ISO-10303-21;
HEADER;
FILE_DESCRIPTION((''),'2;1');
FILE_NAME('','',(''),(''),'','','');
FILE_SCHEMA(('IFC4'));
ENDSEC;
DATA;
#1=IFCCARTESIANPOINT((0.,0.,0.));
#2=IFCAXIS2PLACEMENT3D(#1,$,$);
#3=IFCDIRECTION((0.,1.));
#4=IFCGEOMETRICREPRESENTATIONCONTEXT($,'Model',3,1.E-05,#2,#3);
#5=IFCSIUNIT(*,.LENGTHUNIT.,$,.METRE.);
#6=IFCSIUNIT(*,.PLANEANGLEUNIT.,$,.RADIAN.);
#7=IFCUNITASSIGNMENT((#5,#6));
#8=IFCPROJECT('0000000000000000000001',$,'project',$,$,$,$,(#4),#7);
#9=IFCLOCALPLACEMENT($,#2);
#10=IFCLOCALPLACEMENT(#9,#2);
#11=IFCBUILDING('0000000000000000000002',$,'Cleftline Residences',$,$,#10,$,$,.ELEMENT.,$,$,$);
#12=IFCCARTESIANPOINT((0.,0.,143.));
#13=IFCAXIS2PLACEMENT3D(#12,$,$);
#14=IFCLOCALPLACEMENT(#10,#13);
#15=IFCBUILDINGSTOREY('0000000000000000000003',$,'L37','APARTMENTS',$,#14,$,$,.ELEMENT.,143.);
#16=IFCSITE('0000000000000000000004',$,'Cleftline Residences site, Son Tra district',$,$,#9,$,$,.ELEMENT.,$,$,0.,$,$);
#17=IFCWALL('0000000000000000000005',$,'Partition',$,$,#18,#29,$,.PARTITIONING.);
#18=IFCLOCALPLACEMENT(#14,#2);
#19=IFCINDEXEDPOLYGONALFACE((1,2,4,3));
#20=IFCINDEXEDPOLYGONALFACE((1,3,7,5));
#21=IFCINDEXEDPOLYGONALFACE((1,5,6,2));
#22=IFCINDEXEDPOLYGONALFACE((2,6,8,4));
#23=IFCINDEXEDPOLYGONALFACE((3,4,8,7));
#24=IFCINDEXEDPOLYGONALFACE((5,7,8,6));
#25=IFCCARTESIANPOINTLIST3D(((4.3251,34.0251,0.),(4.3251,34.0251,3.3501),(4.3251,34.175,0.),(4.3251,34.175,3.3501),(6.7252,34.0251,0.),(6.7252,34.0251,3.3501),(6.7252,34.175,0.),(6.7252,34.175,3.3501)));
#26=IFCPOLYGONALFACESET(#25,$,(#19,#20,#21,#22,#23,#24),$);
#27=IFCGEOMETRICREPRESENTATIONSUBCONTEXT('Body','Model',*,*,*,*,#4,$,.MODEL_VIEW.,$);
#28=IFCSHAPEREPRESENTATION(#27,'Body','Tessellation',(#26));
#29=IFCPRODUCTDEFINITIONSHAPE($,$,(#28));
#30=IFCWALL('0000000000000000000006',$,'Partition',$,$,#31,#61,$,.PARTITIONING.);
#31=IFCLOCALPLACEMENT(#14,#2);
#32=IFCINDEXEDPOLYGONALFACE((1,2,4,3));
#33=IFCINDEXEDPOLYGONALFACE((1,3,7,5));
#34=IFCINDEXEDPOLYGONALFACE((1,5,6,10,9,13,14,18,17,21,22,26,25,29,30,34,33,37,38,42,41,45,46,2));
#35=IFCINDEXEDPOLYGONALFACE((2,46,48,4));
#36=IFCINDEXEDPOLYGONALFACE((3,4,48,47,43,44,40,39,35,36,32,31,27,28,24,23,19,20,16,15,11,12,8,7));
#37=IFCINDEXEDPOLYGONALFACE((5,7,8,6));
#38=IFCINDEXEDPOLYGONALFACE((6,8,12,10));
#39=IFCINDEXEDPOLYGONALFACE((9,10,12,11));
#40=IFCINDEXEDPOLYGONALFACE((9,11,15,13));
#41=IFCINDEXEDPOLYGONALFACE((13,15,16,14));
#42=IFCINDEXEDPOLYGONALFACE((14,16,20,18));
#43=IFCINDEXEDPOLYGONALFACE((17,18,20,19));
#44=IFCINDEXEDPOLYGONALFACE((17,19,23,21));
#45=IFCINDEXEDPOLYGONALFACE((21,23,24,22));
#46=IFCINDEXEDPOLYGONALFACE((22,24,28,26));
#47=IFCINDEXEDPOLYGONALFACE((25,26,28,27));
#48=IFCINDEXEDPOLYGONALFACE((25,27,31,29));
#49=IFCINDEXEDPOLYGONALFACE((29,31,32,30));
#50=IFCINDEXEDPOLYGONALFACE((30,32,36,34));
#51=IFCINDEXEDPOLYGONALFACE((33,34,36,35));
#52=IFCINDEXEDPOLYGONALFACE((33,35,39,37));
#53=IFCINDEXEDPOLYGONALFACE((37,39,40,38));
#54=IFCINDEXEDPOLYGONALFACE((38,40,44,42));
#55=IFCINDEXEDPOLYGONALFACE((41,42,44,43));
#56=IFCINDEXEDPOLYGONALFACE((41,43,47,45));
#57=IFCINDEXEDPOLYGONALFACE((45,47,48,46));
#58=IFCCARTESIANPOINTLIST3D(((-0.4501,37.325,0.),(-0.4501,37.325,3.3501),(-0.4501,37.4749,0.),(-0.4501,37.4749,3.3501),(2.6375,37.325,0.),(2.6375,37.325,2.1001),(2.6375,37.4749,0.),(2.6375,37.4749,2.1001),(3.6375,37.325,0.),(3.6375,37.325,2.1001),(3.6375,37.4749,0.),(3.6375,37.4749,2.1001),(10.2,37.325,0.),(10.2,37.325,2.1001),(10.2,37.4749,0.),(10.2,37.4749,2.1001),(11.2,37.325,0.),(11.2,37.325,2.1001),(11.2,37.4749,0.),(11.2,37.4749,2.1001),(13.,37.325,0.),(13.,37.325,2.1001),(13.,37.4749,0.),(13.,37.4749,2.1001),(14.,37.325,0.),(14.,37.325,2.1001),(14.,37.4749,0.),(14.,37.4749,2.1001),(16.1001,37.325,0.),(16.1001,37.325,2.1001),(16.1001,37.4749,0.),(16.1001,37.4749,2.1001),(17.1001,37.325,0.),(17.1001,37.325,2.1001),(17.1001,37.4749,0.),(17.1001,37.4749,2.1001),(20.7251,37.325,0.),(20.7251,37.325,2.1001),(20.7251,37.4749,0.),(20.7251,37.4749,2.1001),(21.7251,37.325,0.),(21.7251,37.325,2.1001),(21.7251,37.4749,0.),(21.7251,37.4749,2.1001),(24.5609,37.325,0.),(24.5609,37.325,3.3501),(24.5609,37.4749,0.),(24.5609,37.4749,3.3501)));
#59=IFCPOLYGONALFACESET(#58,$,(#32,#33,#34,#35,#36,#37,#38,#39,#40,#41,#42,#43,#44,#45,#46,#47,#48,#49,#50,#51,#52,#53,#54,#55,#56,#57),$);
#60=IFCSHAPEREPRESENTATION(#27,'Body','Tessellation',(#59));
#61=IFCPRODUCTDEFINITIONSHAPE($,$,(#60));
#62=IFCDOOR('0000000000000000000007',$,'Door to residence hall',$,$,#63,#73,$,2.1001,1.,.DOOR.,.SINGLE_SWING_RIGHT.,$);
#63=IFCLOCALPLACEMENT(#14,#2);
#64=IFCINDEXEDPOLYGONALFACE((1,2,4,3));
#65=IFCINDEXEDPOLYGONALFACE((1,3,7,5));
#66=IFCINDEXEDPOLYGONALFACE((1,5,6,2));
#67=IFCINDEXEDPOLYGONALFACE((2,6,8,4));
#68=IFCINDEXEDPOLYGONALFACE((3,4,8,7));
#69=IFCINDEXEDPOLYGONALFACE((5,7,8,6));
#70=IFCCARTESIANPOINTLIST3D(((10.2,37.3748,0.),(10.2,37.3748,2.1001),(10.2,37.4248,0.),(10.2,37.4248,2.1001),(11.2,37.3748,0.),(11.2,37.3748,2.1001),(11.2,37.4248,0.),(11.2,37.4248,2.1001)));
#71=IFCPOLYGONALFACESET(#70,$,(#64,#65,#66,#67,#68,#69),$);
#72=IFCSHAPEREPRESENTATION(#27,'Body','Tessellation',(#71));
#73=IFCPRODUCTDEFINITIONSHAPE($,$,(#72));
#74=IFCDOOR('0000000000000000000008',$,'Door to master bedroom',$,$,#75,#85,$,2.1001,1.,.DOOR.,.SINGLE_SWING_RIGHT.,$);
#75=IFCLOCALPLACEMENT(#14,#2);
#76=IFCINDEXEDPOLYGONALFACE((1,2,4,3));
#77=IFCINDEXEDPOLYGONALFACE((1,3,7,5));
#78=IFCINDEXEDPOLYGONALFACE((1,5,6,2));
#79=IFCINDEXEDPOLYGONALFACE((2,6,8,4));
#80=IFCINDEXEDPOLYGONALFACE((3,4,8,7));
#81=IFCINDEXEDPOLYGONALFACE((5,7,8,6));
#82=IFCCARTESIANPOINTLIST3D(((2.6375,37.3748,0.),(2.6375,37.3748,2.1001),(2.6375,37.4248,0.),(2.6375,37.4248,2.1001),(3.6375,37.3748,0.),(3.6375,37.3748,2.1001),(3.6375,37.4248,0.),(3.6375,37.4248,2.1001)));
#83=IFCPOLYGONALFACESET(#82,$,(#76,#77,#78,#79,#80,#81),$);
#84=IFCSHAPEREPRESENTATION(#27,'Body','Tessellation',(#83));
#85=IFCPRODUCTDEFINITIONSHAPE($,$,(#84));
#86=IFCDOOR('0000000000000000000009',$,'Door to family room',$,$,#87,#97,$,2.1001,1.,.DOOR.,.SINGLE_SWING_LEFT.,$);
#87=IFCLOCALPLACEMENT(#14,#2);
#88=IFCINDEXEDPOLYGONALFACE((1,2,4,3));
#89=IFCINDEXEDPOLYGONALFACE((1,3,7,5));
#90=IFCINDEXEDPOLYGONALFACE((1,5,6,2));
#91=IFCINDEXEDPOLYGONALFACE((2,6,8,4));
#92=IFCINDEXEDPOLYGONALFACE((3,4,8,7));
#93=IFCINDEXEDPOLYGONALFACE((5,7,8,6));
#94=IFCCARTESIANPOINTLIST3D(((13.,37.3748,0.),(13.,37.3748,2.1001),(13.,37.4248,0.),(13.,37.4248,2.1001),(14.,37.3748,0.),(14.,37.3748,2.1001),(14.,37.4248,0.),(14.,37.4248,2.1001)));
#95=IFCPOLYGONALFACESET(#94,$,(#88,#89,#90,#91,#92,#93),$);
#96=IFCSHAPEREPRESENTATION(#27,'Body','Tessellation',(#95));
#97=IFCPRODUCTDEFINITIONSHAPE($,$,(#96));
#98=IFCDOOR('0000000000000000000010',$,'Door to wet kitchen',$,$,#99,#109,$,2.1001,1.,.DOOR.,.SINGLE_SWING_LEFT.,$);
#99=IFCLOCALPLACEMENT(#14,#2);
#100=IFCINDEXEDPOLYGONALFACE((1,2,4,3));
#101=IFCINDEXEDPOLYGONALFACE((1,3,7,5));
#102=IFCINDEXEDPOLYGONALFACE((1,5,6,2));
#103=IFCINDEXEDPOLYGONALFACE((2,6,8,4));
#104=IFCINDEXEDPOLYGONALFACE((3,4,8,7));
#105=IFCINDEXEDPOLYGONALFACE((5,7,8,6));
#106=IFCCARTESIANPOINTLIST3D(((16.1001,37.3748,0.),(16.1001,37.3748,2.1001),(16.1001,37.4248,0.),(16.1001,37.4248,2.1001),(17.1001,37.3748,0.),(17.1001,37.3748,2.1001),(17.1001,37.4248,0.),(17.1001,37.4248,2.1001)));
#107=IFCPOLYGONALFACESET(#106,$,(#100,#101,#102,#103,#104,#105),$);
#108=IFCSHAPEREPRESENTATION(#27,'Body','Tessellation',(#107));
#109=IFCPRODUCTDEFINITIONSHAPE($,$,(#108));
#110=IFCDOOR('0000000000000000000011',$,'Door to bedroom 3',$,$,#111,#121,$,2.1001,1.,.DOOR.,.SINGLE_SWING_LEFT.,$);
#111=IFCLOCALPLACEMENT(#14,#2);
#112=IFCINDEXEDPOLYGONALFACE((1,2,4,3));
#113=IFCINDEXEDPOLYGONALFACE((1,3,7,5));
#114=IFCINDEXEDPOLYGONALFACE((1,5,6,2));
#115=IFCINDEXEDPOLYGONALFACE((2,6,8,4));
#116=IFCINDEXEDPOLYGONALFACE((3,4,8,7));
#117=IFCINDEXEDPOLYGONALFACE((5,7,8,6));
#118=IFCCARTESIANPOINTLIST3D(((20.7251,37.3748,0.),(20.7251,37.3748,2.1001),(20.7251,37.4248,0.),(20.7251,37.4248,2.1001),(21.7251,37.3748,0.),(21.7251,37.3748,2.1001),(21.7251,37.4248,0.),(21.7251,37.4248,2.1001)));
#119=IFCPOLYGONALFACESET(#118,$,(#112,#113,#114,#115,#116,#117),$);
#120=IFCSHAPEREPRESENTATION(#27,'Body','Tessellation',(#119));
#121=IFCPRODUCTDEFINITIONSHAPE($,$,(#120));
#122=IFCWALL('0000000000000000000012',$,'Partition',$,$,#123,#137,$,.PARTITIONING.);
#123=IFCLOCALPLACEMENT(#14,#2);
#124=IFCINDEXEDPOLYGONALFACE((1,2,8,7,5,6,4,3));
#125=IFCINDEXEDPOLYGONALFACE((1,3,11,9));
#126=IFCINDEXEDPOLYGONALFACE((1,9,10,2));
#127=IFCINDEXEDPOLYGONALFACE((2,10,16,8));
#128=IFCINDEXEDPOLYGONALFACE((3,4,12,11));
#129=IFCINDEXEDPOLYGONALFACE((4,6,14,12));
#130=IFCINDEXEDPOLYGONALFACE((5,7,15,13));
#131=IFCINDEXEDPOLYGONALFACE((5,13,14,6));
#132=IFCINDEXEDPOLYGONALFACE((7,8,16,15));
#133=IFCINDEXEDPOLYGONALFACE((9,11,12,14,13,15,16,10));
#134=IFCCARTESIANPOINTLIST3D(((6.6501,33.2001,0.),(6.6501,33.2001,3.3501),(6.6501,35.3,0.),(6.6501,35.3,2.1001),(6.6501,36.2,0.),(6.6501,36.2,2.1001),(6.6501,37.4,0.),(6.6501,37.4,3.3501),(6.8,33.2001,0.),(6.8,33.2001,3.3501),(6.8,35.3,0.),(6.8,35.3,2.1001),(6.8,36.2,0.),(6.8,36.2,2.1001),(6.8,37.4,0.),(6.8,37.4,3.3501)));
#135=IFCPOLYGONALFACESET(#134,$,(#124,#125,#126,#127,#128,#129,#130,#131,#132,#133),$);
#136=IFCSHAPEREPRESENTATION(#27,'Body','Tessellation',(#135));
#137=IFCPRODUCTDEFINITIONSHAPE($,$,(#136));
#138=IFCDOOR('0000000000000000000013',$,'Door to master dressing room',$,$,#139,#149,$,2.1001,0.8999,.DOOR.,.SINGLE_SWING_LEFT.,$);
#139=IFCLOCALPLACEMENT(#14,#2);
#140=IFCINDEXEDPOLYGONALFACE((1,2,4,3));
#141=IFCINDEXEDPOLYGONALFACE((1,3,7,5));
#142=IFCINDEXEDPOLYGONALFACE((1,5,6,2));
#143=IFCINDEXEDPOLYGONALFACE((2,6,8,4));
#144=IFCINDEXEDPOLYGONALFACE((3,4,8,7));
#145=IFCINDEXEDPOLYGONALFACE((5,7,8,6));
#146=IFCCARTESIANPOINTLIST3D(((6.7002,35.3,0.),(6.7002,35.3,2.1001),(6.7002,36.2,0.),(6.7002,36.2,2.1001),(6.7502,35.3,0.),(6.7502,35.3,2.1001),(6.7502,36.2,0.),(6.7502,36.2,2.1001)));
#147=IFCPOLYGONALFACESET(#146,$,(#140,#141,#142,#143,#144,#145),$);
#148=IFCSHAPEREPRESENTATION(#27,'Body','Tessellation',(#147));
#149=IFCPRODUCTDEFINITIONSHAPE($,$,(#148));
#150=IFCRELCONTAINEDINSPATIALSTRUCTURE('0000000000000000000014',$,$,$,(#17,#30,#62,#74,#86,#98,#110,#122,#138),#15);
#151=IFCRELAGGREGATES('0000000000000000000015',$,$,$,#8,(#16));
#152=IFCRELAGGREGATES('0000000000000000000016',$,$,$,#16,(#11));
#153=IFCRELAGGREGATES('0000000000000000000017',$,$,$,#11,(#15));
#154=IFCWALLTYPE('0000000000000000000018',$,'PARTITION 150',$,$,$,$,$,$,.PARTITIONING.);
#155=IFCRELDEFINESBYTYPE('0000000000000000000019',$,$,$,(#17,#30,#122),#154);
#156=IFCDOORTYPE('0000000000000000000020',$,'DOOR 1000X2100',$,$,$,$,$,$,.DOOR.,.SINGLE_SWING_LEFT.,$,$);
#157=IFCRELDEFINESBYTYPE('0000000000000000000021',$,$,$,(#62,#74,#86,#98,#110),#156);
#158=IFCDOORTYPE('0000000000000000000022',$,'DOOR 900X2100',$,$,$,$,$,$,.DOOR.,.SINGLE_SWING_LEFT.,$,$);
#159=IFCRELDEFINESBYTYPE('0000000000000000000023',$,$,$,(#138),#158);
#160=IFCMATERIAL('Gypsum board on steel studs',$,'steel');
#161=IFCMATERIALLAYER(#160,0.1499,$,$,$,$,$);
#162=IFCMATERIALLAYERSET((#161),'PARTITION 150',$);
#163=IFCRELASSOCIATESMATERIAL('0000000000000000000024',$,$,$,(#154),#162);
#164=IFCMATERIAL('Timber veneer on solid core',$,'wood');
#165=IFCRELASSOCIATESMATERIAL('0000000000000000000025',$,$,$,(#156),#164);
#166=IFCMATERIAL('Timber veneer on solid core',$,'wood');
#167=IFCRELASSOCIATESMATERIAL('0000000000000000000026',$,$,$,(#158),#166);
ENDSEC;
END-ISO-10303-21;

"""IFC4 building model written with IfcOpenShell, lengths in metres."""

from ifc_helpers import new_model, si_unit, direction, frame, frame_2d, origin, place, context, subcontext, project, spatial, rectangle, extrude, material, layer, layer_set, type_object, element, fill, save


model = new_model("IFC4")

# Units and contexts
model_context = context("Model", 3, precision=1e-05, world=origin(), true_north=direction((0.0, 1.0)))
body_context = subcontext(model_context, "Body", "Model", "MODEL_VIEW")
ifc_project = project(units=[si_unit("LENGTHUNIT", "METRE"), si_unit("PLANEANGLEUNIT", "RADIAN")], contexts=[model_context])

# Site, building, storey
site_placement = place(None, origin())
site = spatial("IfcSite", under=ifc_project, at=site_placement, Name="Cleftline Residences site, Son Tra district", CompositionType="ELEMENT", RefElevation=0.0)
building_placement = place(site_placement, origin())
building = spatial("IfcBuilding", under=site, at=building_placement, Name="Cleftline Residences", CompositionType="ELEMENT")
storey_placement = place(building_placement, frame((0.0, 0.0, 143.0)))
storey = spatial("IfcBuildingStorey", under=building, at=storey_placement, Name="L37", Description="APARTMENTS", CompositionType="ELEMENT", Elevation=143.0)

# Wall
ifc_material_1 = material(Name="Gypsum board on steel studs", Category="steel")
ifc_layer = layer(ifc_material_1, 0.1499)
ifc_layer_set = layer_set([ifc_layer], Name="PARTITION 150")
wall_type = type_object("IfcWallType", Name="PARTITION 150", PredefinedType="PARTITIONING", material=ifc_layer_set)
wall_1_placement = place(storey_placement, frame((4.325, 34.1001, 0.0), z_axis=(0.0, 0.0, 1.0), x_axis=(1.0, 0.0, 0.0)))
element("IfcWall", 1, at=wall_1_placement, inside=storey, type_object=wall_type, Name="Partition", PredefinedType="PARTITIONING", context=body_context, shape_type="SweptSolid", body=[
    extrude(rectangle(XDim=2.4001, YDim=0.1499, at=frame_2d((1.2002, 0.0))), origin(), (0.0, 0.0, 1.0), 3.3501),
])

# Wall, openings, doors
wall_2_placement = place(storey_placement, frame((-0.45, 37.3999, 0.0), z_axis=(0.0, 0.0, 1.0), x_axis=(1.0, 0.0, 0.0)))
wall_2 = element("IfcWall", 2, at=wall_2_placement, inside=storey, type_object=wall_type, Name="Partition", PredefinedType="PARTITIONING", context=body_context, shape_type="SweptSolid", body=[
    extrude(rectangle(XDim=25.011, YDim=0.1499, at=frame_2d((12.5054, 0.0))), origin(), (0.0, 0.0, 1.0), 3.3501),
])
opening_1_placement = place(wall_2_placement, frame((10.6499, 0.0, 0.0)))
opening_1 = element("IfcOpeningElement", 3, at=opening_1_placement, cuts=wall_2, PredefinedType="OPENING", context=body_context, shape_type="SweptSolid", body=[
    extrude(rectangle(XDim=1.0, YDim=2.1001, at=frame_2d((0.5, 1.05))), frame((0.0, 0.085, 0.0), z_axis=(0.0, -1.0, 0.0), x_axis=(1.0, 0.0, 0.0)), (0.0, 0.0, 1.0), 0.1699),
])
opening_2_placement = place(wall_2_placement, frame((3.0874, 0.0, 0.0)))
opening_2 = element("IfcOpeningElement", 4, at=opening_2_placement, cuts=wall_2, PredefinedType="OPENING", context=body_context, shape_type="SweptSolid", body=[
    extrude(rectangle(XDim=1.0, YDim=2.1001, at=frame_2d((0.5, 1.05))), frame((0.0, 0.085, 0.0), z_axis=(0.0, -1.0, 0.0), x_axis=(1.0, 0.0, 0.0)), (0.0, 0.0, 1.0), 0.1699),
])
opening_3_placement = place(wall_2_placement, frame((13.45, 0.0, 0.0)))
opening_3 = element("IfcOpeningElement", 5, at=opening_3_placement, cuts=wall_2, PredefinedType="OPENING", context=body_context, shape_type="SweptSolid", body=[
    extrude(rectangle(XDim=1.0, YDim=2.1001, at=frame_2d((0.5, 1.05))), frame((0.0, 0.085, 0.0), z_axis=(0.0, -1.0, 0.0), x_axis=(1.0, 0.0, 0.0)), (0.0, 0.0, 1.0), 0.1699),
])
opening_4_placement = place(wall_2_placement, frame((16.55, 0.0, 0.0)))
opening_4 = element("IfcOpeningElement", 6, at=opening_4_placement, cuts=wall_2, PredefinedType="OPENING", context=body_context, shape_type="SweptSolid", body=[
    extrude(rectangle(XDim=1.0, YDim=2.1001, at=frame_2d((0.5, 1.05))), frame((0.0, 0.085, 0.0), z_axis=(0.0, -1.0, 0.0), x_axis=(1.0, 0.0, 0.0)), (0.0, 0.0, 1.0), 0.1699),
])
opening_5_placement = place(wall_2_placement, frame((21.175, 0.0, 0.0)))
opening_5 = element("IfcOpeningElement", 7, at=opening_5_placement, cuts=wall_2, PredefinedType="OPENING", context=body_context, shape_type="SweptSolid", body=[
    extrude(rectangle(XDim=1.0, YDim=2.1001, at=frame_2d((0.5, 1.05))), frame((0.0, 0.085, 0.0), z_axis=(0.0, -1.0, 0.0), x_axis=(1.0, 0.0, 0.0)), (0.0, 0.0, 1.0), 0.1699),
])
ifc_material_2 = material(Name="Timber veneer on solid core", Category="wood")
door_type_1 = type_object("IfcDoorType", Name="DOOR 1000X2100", OperationType="SINGLE_SWING_LEFT", PredefinedType="DOOR", material=ifc_material_2)
door_1_placement = place(opening_1_placement, origin())
door_1 = element("IfcDoor", 8, at=door_1_placement, inside=storey, type_object=door_type_1, Name="Door to residence hall", OperationType="SINGLE_SWING_RIGHT", OverallHeight=2.1001, OverallWidth=1.0, PredefinedType="DOOR", context=body_context, shape_type="SweptSolid", body=[
    extrude(rectangle(XDim=1.0, YDim=2.1001, at=frame_2d((0.5, 1.05))), frame((0.0, 0.0249, 0.0), z_axis=(0.0, -1.0, 0.0), x_axis=(1.0, 0.0, 0.0)), (0.0, 0.0, 1.0), 0.05),
])
fill(opening_1, door_1)
door_2_placement = place(opening_2_placement, origin())
door_2 = element("IfcDoor", 9, at=door_2_placement, inside=storey, type_object=door_type_1, Name="Door to master bedroom", OperationType="SINGLE_SWING_RIGHT", OverallHeight=2.1001, OverallWidth=1.0, PredefinedType="DOOR", context=body_context, shape_type="SweptSolid", body=[
    extrude(rectangle(XDim=1.0, YDim=2.1001, at=frame_2d((0.5, 1.05))), frame((0.0, 0.0249, 0.0), z_axis=(0.0, -1.0, 0.0), x_axis=(1.0, 0.0, 0.0)), (0.0, 0.0, 1.0), 0.05),
])
fill(opening_2, door_2)
door_3_placement = place(opening_3_placement, origin())
door_3 = element("IfcDoor", 10, at=door_3_placement, inside=storey, type_object=door_type_1, Name="Door to family room", OperationType="SINGLE_SWING_LEFT", OverallHeight=2.1001, OverallWidth=1.0, PredefinedType="DOOR", context=body_context, shape_type="SweptSolid", body=[
    extrude(rectangle(XDim=1.0, YDim=2.1001, at=frame_2d((0.5, 1.05))), frame((0.0, 0.0249, 0.0), z_axis=(0.0, -1.0, 0.0), x_axis=(1.0, 0.0, 0.0)), (0.0, 0.0, 1.0), 0.05),
])
fill(opening_3, door_3)
door_4_placement = place(opening_4_placement, origin())
door_4 = element("IfcDoor", 11, at=door_4_placement, inside=storey, type_object=door_type_1, Name="Door to wet kitchen", OperationType="SINGLE_SWING_LEFT", OverallHeight=2.1001, OverallWidth=1.0, PredefinedType="DOOR", context=body_context, shape_type="SweptSolid", body=[
    extrude(rectangle(XDim=1.0, YDim=2.1001, at=frame_2d((0.5, 1.05))), frame((0.0, 0.0249, 0.0), z_axis=(0.0, -1.0, 0.0), x_axis=(1.0, 0.0, 0.0)), (0.0, 0.0, 1.0), 0.05),
])
fill(opening_4, door_4)
door_5_placement = place(opening_5_placement, origin())
door_5 = element("IfcDoor", 12, at=door_5_placement, inside=storey, type_object=door_type_1, Name="Door to bedroom 3", OperationType="SINGLE_SWING_LEFT", OverallHeight=2.1001, OverallWidth=1.0, PredefinedType="DOOR", context=body_context, shape_type="SweptSolid", body=[
    extrude(rectangle(XDim=1.0, YDim=2.1001, at=frame_2d((0.5, 1.05))), frame((0.0, 0.0249, 0.0), z_axis=(0.0, -1.0, 0.0), x_axis=(1.0, 0.0, 0.0)), (0.0, 0.0, 1.0), 0.05),
])
fill(opening_5, door_5)

# Wall, opening, door
wall_3_placement = place(storey_placement, frame((6.7251, 33.2, 0.0), z_axis=(0.0, 0.0, 1.0), x_axis=(0.0, 1.0, 0.0)))
wall_3 = element("IfcWall", 13, at=wall_3_placement, inside=storey, type_object=wall_type, Name="Partition", PredefinedType="PARTITIONING", context=body_context, shape_type="SweptSolid", body=[
    extrude(rectangle(XDim=4.2, YDim=0.1499, at=frame_2d((2.1001, 0.0))), origin(), (0.0, 0.0, 1.0), 3.3501),
])
opening_6_placement = place(wall_3_placement, frame((2.1001, 0.0, 0.0)))
opening_6 = element("IfcOpeningElement", 14, at=opening_6_placement, cuts=wall_3, PredefinedType="OPENING", context=body_context, shape_type="SweptSolid", body=[
    extrude(rectangle(XDim=0.8999, YDim=2.1001, at=frame_2d((0.45, 1.05))), frame((0.0, 0.085, 0.0), z_axis=(0.0, -1.0, 0.0), x_axis=(1.0, 0.0, 0.0)), (0.0, 0.0, 1.0), 0.1699),
])
ifc_material_3 = material(Name="Timber veneer on solid core", Category="wood")
door_type_2 = type_object("IfcDoorType", Name="DOOR 900X2100", OperationType="SINGLE_SWING_LEFT", PredefinedType="DOOR", material=ifc_material_3)
door_6_placement = place(opening_6_placement, origin())
door_6 = element("IfcDoor", 15, at=door_6_placement, inside=storey, type_object=door_type_2, Name="Door to master dressing room", OperationType="SINGLE_SWING_LEFT", OverallHeight=2.1001, OverallWidth=0.8999, PredefinedType="DOOR", context=body_context, shape_type="SweptSolid", body=[
    extrude(rectangle(XDim=0.8999, YDim=2.1001, at=frame_2d((0.45, 1.05))), frame((0.0, 0.0249, 0.0), z_axis=(0.0, -1.0, 0.0), x_axis=(1.0, 0.0, 0.0)), (0.0, 0.0, 1.0), 0.05),
])
fill(opening_6, door_6)

save(model, "model.ifc")
